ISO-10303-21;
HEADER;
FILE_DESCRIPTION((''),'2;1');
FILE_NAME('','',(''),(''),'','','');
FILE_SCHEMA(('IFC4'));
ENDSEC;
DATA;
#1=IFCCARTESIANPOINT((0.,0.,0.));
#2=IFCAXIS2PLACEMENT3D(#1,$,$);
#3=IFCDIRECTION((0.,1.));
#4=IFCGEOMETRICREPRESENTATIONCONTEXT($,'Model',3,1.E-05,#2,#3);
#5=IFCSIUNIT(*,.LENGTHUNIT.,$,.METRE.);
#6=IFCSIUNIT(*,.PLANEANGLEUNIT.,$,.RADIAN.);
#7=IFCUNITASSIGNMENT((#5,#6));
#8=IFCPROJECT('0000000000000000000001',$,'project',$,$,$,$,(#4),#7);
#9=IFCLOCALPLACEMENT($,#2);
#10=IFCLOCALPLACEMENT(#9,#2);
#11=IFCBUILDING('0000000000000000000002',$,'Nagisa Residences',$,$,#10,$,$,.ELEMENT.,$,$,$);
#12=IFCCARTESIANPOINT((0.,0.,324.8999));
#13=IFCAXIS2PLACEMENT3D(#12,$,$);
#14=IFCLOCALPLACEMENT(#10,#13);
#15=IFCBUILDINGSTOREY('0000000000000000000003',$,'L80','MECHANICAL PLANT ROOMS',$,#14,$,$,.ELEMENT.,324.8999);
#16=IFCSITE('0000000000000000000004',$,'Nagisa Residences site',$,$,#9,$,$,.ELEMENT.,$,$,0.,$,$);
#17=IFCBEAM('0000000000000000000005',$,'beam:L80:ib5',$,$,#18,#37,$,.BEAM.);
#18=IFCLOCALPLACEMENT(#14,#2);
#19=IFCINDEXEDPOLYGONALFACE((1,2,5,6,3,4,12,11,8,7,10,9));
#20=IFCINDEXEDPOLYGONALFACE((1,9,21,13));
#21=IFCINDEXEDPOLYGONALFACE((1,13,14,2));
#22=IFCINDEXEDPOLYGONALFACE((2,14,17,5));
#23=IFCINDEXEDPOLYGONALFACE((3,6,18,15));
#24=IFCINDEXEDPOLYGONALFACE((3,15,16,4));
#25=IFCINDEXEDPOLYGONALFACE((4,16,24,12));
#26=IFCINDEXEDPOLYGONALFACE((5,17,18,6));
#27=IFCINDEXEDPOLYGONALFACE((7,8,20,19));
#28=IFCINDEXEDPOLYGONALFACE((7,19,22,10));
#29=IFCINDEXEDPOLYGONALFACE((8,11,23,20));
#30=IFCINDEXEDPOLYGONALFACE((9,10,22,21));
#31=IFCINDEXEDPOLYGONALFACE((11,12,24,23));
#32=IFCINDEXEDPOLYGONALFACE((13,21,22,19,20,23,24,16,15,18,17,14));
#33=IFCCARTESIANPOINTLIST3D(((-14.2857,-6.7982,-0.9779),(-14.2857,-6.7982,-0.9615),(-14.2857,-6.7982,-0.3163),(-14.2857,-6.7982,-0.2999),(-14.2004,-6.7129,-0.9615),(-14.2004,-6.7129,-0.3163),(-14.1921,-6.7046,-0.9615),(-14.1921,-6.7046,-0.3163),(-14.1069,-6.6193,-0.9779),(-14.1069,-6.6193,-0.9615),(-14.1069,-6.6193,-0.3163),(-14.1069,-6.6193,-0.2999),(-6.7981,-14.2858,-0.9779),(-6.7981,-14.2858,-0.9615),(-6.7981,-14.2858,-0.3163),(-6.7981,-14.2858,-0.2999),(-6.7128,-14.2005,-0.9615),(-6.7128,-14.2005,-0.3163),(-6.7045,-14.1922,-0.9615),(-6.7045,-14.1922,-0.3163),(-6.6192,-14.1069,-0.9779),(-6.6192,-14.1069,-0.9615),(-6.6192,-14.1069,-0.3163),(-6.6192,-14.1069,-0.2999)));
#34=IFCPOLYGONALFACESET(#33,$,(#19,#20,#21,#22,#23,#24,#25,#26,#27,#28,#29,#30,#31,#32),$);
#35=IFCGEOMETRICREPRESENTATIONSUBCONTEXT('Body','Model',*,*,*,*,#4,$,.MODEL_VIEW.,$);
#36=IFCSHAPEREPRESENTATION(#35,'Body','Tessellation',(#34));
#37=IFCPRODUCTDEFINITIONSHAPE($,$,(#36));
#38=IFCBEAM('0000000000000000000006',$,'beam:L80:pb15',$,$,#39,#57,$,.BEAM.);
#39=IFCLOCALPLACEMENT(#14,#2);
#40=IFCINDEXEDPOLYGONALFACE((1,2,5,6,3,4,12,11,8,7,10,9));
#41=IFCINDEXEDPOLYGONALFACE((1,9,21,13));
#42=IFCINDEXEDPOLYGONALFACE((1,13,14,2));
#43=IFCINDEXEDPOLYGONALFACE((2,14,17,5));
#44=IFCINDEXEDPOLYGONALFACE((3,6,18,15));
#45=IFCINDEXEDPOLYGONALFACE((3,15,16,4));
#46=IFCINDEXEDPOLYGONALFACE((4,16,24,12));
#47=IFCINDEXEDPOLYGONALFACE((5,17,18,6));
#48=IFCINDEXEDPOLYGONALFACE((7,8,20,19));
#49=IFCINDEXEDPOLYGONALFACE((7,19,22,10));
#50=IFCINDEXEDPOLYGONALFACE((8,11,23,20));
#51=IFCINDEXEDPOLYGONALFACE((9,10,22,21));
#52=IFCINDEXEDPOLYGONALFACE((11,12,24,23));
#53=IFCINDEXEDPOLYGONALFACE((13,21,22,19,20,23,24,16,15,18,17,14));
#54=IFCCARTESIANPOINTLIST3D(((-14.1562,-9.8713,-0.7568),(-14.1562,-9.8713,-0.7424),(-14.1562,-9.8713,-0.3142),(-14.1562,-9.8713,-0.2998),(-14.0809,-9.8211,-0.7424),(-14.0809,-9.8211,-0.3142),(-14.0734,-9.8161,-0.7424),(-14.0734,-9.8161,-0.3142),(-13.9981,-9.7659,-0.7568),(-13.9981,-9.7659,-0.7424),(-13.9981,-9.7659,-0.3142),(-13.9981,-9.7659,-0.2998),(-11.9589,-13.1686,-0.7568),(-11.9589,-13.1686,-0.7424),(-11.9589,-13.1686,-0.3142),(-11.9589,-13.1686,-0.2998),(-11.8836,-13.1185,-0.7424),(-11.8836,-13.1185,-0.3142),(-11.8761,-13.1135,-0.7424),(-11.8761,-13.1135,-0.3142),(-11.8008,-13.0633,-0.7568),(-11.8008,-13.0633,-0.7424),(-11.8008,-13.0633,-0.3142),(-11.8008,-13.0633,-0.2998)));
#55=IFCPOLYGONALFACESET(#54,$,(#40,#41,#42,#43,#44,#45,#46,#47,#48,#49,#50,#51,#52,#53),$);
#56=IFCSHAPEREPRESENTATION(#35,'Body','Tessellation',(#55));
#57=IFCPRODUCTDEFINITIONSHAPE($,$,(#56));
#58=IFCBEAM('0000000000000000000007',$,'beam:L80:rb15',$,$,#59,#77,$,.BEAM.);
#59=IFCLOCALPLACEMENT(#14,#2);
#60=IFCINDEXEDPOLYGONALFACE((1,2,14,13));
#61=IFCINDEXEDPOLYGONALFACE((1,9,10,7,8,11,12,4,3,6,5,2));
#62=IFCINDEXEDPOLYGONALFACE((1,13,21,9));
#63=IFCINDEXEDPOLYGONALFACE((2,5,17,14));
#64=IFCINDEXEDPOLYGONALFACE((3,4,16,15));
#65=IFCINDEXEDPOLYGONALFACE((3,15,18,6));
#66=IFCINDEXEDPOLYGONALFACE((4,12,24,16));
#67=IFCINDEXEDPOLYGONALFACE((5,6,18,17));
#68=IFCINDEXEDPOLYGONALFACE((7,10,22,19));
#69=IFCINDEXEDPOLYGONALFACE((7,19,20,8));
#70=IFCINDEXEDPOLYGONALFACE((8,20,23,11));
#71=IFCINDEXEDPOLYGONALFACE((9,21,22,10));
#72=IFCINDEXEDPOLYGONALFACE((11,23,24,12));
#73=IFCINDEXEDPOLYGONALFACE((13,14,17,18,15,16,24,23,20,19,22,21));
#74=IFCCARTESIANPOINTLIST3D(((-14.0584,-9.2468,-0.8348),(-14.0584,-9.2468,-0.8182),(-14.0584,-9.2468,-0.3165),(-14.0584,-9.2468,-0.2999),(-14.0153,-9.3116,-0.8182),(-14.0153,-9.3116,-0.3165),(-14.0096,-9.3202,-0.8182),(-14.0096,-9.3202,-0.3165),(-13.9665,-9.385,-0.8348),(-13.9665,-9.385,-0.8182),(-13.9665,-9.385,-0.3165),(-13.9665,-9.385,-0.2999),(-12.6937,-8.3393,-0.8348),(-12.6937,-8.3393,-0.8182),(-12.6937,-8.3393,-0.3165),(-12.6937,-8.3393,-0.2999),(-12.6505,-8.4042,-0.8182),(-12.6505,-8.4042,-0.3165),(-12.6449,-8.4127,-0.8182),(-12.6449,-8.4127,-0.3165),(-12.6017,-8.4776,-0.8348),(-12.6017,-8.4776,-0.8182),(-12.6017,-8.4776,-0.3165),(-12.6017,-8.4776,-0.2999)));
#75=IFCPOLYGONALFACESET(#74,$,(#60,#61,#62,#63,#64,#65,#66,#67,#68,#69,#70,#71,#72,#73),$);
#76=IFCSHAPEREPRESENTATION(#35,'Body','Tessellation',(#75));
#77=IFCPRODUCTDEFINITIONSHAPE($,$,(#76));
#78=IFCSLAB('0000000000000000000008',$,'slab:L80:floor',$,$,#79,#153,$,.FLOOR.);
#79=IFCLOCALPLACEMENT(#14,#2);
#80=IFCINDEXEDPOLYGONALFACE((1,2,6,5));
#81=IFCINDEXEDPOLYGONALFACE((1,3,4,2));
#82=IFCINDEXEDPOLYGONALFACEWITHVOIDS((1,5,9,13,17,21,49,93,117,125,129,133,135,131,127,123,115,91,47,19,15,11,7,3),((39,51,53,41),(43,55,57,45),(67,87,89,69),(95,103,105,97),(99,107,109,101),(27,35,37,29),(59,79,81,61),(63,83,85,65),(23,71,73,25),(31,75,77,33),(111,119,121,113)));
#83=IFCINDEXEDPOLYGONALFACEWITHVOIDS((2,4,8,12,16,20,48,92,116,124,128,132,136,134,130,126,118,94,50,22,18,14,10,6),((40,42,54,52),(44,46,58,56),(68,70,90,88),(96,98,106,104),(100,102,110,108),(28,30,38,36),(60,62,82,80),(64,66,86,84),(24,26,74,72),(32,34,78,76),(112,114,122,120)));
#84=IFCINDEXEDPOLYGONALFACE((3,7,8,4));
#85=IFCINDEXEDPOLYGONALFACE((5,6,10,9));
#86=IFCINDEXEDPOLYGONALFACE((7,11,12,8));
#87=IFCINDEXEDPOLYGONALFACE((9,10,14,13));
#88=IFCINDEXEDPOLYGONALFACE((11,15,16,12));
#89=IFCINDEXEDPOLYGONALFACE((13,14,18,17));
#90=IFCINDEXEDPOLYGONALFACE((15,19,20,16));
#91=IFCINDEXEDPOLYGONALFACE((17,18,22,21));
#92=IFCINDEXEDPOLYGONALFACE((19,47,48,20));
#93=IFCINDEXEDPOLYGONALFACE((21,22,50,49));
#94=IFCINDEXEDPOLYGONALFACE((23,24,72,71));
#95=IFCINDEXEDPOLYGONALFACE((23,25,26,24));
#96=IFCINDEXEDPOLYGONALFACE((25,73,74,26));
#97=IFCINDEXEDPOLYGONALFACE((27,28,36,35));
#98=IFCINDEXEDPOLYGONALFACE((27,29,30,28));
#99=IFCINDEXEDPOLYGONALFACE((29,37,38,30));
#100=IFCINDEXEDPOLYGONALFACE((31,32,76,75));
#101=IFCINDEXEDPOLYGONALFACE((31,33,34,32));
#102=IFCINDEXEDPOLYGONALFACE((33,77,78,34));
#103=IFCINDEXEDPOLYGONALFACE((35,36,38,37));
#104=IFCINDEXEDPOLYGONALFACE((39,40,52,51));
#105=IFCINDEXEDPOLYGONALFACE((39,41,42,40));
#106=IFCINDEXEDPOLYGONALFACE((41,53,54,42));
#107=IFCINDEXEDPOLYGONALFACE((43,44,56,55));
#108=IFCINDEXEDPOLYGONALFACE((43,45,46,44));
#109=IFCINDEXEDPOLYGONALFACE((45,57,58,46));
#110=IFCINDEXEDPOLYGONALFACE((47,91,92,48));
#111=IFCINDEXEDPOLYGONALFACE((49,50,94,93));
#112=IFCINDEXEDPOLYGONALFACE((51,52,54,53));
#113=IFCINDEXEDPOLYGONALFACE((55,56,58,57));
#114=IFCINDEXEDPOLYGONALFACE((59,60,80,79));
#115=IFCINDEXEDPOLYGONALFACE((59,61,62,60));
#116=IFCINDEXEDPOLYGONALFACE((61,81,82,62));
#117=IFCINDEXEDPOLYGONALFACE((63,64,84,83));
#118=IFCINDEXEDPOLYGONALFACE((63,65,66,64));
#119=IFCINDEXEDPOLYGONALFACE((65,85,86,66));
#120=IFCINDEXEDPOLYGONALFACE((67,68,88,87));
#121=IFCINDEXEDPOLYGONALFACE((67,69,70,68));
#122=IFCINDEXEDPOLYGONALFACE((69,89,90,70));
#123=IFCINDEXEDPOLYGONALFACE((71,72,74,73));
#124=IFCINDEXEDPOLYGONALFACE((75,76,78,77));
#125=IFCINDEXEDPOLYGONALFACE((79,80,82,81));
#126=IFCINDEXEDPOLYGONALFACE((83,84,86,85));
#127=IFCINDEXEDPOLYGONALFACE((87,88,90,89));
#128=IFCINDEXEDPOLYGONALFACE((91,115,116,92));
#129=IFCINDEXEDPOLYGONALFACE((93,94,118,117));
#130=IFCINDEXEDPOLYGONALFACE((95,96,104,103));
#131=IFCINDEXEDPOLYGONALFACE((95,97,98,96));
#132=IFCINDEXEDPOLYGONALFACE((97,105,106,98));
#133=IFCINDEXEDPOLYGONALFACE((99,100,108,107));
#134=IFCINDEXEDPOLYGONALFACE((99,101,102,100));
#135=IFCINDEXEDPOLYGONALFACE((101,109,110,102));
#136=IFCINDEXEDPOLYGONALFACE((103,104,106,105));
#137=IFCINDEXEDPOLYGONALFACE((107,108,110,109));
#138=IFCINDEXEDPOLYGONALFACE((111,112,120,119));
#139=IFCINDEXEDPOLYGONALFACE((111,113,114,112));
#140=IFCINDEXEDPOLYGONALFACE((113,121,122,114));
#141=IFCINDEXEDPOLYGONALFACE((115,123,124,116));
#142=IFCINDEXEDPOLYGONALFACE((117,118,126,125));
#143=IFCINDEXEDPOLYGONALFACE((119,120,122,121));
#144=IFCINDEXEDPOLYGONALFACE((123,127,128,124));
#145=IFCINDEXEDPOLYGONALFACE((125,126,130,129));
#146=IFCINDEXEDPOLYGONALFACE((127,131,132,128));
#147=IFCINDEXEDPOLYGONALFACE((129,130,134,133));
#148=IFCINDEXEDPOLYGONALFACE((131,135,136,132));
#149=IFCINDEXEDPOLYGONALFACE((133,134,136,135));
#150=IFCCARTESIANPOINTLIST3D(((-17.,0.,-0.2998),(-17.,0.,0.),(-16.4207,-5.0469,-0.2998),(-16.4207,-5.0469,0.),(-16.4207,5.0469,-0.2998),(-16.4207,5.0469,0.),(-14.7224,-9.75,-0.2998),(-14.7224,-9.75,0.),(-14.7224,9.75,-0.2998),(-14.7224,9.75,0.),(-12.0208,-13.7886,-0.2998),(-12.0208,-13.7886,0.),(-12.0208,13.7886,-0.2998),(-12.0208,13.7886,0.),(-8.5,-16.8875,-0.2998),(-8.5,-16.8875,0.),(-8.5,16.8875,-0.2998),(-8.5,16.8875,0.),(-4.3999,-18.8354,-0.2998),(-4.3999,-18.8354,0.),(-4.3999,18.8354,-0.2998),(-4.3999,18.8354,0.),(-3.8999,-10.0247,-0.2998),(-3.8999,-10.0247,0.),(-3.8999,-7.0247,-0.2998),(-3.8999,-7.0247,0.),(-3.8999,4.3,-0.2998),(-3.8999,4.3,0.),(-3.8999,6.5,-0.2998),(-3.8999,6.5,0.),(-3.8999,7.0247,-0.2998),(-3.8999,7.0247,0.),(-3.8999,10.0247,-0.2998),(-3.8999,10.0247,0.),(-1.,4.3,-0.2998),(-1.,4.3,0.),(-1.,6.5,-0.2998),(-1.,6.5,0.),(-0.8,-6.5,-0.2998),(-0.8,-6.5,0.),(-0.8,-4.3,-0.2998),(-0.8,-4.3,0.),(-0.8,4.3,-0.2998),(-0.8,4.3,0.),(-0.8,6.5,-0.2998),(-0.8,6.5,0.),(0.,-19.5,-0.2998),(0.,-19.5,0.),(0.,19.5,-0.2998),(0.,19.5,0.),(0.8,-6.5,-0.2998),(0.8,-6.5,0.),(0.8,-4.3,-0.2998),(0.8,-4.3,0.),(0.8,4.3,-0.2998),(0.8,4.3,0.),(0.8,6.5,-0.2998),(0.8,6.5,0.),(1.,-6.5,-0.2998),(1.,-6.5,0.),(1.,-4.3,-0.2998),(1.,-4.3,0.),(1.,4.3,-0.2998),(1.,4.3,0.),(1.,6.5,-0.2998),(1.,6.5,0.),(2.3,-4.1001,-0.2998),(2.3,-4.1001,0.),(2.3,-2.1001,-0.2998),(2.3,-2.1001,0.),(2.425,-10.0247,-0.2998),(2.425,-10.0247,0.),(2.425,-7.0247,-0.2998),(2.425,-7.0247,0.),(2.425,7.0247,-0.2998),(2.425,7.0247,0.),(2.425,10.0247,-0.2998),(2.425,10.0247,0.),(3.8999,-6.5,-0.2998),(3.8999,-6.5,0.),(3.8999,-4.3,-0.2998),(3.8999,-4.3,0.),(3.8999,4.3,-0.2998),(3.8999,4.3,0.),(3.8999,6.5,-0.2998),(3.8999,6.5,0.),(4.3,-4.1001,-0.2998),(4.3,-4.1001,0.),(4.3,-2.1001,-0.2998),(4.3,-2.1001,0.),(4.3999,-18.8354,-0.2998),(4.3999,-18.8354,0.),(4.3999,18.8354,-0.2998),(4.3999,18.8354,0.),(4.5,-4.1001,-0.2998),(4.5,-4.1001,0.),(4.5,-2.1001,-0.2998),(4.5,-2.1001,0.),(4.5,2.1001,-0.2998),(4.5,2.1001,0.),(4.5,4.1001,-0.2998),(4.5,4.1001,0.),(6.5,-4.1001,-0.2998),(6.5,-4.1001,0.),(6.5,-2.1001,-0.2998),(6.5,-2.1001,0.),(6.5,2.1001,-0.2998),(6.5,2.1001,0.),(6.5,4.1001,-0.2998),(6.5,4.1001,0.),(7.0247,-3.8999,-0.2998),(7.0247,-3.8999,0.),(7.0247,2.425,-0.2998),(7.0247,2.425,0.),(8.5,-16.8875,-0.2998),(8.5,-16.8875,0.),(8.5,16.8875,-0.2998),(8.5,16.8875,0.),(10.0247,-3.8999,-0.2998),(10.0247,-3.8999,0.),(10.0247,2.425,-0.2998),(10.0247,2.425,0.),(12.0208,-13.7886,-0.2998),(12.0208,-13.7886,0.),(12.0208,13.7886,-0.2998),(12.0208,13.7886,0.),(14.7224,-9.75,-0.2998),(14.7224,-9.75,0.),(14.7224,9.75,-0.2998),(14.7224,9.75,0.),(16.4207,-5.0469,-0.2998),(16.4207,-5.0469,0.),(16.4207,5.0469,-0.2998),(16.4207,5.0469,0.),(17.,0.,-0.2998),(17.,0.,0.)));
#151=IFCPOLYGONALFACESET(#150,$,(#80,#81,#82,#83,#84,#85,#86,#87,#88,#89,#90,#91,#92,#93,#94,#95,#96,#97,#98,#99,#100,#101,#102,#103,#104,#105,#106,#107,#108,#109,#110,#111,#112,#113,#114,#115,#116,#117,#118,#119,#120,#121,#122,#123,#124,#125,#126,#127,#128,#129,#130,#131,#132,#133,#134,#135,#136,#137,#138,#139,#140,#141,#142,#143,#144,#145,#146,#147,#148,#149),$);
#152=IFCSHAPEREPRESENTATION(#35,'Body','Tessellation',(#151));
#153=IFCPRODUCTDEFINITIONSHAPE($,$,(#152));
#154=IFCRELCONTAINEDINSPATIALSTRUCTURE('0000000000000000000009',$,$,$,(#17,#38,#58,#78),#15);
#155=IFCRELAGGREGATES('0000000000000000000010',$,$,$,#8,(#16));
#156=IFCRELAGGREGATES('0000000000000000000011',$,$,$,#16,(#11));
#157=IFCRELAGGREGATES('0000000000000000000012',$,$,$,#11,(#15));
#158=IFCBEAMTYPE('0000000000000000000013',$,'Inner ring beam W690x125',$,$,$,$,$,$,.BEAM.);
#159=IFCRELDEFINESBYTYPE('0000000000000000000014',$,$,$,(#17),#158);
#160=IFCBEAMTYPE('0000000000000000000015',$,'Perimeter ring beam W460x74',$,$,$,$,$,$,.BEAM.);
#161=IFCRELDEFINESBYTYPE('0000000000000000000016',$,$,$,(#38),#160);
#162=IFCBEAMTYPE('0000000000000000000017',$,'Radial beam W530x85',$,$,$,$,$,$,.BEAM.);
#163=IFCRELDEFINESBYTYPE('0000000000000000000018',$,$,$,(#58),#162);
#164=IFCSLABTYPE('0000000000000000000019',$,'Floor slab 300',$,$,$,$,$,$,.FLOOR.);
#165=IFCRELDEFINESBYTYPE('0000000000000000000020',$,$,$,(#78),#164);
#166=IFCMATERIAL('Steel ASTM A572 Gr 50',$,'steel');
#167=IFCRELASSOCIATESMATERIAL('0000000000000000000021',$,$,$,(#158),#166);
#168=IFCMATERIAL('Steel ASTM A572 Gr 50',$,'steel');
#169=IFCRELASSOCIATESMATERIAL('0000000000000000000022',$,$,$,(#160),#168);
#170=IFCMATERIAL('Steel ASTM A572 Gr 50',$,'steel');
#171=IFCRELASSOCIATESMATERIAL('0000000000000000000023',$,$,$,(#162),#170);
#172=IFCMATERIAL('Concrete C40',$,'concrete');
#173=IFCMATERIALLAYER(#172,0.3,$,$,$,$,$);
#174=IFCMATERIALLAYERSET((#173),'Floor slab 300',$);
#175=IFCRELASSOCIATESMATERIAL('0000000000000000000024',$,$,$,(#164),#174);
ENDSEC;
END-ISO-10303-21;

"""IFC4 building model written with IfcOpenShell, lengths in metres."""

from ifc_helpers import new_model, si_unit, direction, frame, origin, origin_2d, place, context, subcontext, project, spatial, polyline, i_section, outline, extrude, material, layer, layer_set, material_profile, profile_set, type_object, element, save


model = new_model("IFC4")

# Units and contexts
model_context = context("Model", 3, precision=1e-05, world=origin(), true_north=direction((0.0, 1.0)))
body_context = subcontext(model_context, "Body", "Model", "MODEL_VIEW")
ifc_project = project(units=[si_unit("LENGTHUNIT", "METRE"), si_unit("PLANEANGLEUNIT", "RADIAN")], contexts=[model_context])

# Site, building, storey
site_placement = place(None, origin())
site = spatial("IfcSite", under=ifc_project, at=site_placement, Name="Nagisa Residences site", CompositionType="ELEMENT", RefElevation=0.0)
building_placement = place(site_placement, origin())
building = spatial("IfcBuilding", under=site, at=building_placement, Name="Nagisa Residences", CompositionType="ELEMENT")
storey_placement = place(building_placement, frame((0.0, 0.0, 324.8999)))
storey = spatial("IfcBuildingStorey", under=building, at=storey_placement, Name="L80", Description="MECHANICAL PLANT ROOMS", CompositionType="ELEMENT", Elevation=324.8999)

# Beams
ifc_material_1 = material(Name="Steel ASTM A572 Gr 50", Category="steel")
ifc_material_profile_1 = material_profile(ifc_material_1, i_section(OverallWidth=0.2529, OverallDepth=0.678, WebThickness=0.0117, FlangeThickness=0.0164, at=origin_2d()), Name="W690x125")
ifc_profile_set_1 = profile_set([ifc_material_profile_1], Name="Steel ASTM A572 Gr 50")
beam_type_1 = type_object("IfcBeamType", Name="Inner ring beam W690x125", PredefinedType="BEAM", material=ifc_profile_set_1)
beam_1_placement = place(storey_placement, frame((-14.1963, -6.7087, -0.6389), z_axis=(0.707107, -0.707107, 0.0), x_axis=(0.707107, 0.707107, 0.0)))
element("IfcBeam", 1, at=beam_1_placement, inside=storey, type_object=beam_type_1, Name="beam:L80:ib5", PredefinedType="BEAM", context=body_context, shape_type="SweptSolid", body=[
    extrude(i_section(OverallWidth=0.2529, OverallDepth=0.678, WebThickness=0.0117, FlangeThickness=0.0164, at=origin_2d()), origin(), (0.0, 0.0, 1.0), 10.5891),
])
ifc_material_2 = material(Name="Steel ASTM A572 Gr 50", Category="steel")
ifc_material_profile_2 = material_profile(ifc_material_2, i_section(OverallWidth=0.1899, OverallDepth=0.457, WebThickness=0.009, FlangeThickness=0.0144, at=origin_2d()), Name="W460x74")
ifc_profile_set_2 = profile_set([ifc_material_profile_2], Name="Steel ASTM A572 Gr 50")
beam_type_2 = type_object("IfcBeamType", Name="Perimeter ring beam W460x74", PredefinedType="BEAM", material=ifc_profile_set_2)
beam_2_placement = place(storey_placement, frame((-14.0771, -9.8186, -0.5283), z_axis=(0.55453, -0.832164, 0.0), x_axis=(0.832164, 0.55453, 0.0)))
element("IfcBeam", 2, at=beam_2_placement, inside=storey, type_object=beam_type_2, Name="beam:L80:pb15", PredefinedType="BEAM", context=body_context, shape_type="SweptSolid", body=[
    extrude(i_section(OverallWidth=0.1899, OverallDepth=0.457, WebThickness=0.009, FlangeThickness=0.0144, at=origin_2d()), origin(), (0.0, 0.0, 1.0), 3.9624),
])
ifc_material_3 = material(Name="Steel ASTM A572 Gr 50", Category="steel")
ifc_material_profile_3 = material_profile(ifc_material_3, i_section(OverallWidth=0.166, OverallDepth=0.5349, WebThickness=0.0103, FlangeThickness=0.0166, at=origin_2d()), Name="W530x85")
ifc_profile_set_3 = profile_set([ifc_material_profile_3], Name="Steel ASTM A572 Gr 50")
beam_type_3 = type_object("IfcBeamType", Name="Radial beam W530x85", PredefinedType="BEAM", material=ifc_profile_set_3)
beam_3_placement = place(storey_placement, frame((-14.0125, -9.3159, -0.5674), z_axis=(0.832714, 0.553703, 0.0), x_axis=(-0.553703, 0.832714, 0.0)))
element("IfcBeam", 3, at=beam_3_placement, inside=storey, type_object=beam_type_3, Name="beam:L80:rb15", PredefinedType="BEAM", context=body_context, shape_type="SweptSolid", body=[
    extrude(i_section(OverallWidth=0.166, OverallDepth=0.5349, WebThickness=0.0103, FlangeThickness=0.0166, at=origin_2d()), origin(), (0.0, 0.0, 1.0), 1.6389),
])

# Slab
ifc_material_4 = material(Name="Concrete C40", Category="concrete")
ifc_layer_1 = layer(ifc_material_4, 0.3)
ifc_layer_set_1 = layer_set([ifc_layer_1], Name="Floor slab 300")
slab_type_1 = type_object("IfcSlabType", Name="Floor slab 300", PredefinedType="FLOOR", material=ifc_layer_set_1)
slab_1_placement = place(storey_placement, frame((0.0, 0.0, -0.2998)))
element("IfcSlab", 4, at=slab_1_placement, inside=storey, type_object=slab_type_1, Name="slab:L80:floor", PredefinedType="FLOOR", context=body_context, shape_type="SweptSolid", body=[
    extrude(outline(polyline([(17.0, 0.0), (16.4207, 5.0469), (14.7224, 9.75), (12.0208, 13.7886), (8.5, 16.8875), (4.3999, 18.8354), (0.0, 19.5), (-4.3999, 18.8354), (-8.5, 16.8875), (-12.0208, 13.7886), (-14.7224, 9.75), (-16.4207, 5.0469), (-17.0, 0.0), (-16.4207, -5.0469), (-14.7224, -9.75), (-12.0208, -13.7886), (-8.5, -16.8875), (-4.3999, -18.8354), (0.0, -19.5), (4.3999, -18.8354), (8.5, -16.8875), (12.0208, -13.7886), (14.7224, -9.75), (16.4207, -5.0469), (17.0, 0.0)]), holes=[polyline([(6.5, 2.1001), (6.5, 4.1001), (4.5, 4.1001), (4.5, 2.1001), (6.5, 2.1001)]), polyline([(4.3, -4.1001), (4.3, -2.1001), (2.3, -2.1001), (2.3, -4.1001), (4.3, -4.1001)]), polyline([(6.5, -4.1001), (6.5, -2.1001), (4.5, -2.1001), (4.5, -4.1001), (6.5, -4.1001)]), polyline([(3.8999, 4.3), (3.8999, 6.5), (1.0, 6.5), (1.0, 4.3), (3.8999, 4.3)]), polyline([(3.8999, -6.5), (3.8999, -4.3), (1.0, -4.3), (1.0, -6.5), (3.8999, -6.5)]), polyline([(-1.0, 4.3), (-1.0, 6.5), (-3.8999, 6.5), (-3.8999, 4.3), (-1.0, 4.3)]), polyline([(0.8, 4.3), (0.8, 6.5), (-0.8, 6.5), (-0.8, 4.3), (0.8, 4.3)]), polyline([(0.8, -6.5), (0.8, -4.3), (-0.8, -4.3), (-0.8, -6.5), (0.8, -6.5)]), polyline([(10.0247, -3.8999), (7.0247, -3.8999), (7.0247, 2.425), (10.0247, 2.425), (10.0247, -3.8999)]), polyline([(-3.8999, 7.0247), (-3.8999, 10.0247), (2.425, 10.0247), (2.425, 7.0247), (-3.8999, 7.0247)]), polyline([(-3.8999, -10.0247), (-3.8999, -7.0247), (2.425, -7.0247), (2.425, -10.0247), (-3.8999, -10.0247)])]), origin(), (0.0, 0.0, 1.0), 0.2998),
])

save(model, "model.ifc")
